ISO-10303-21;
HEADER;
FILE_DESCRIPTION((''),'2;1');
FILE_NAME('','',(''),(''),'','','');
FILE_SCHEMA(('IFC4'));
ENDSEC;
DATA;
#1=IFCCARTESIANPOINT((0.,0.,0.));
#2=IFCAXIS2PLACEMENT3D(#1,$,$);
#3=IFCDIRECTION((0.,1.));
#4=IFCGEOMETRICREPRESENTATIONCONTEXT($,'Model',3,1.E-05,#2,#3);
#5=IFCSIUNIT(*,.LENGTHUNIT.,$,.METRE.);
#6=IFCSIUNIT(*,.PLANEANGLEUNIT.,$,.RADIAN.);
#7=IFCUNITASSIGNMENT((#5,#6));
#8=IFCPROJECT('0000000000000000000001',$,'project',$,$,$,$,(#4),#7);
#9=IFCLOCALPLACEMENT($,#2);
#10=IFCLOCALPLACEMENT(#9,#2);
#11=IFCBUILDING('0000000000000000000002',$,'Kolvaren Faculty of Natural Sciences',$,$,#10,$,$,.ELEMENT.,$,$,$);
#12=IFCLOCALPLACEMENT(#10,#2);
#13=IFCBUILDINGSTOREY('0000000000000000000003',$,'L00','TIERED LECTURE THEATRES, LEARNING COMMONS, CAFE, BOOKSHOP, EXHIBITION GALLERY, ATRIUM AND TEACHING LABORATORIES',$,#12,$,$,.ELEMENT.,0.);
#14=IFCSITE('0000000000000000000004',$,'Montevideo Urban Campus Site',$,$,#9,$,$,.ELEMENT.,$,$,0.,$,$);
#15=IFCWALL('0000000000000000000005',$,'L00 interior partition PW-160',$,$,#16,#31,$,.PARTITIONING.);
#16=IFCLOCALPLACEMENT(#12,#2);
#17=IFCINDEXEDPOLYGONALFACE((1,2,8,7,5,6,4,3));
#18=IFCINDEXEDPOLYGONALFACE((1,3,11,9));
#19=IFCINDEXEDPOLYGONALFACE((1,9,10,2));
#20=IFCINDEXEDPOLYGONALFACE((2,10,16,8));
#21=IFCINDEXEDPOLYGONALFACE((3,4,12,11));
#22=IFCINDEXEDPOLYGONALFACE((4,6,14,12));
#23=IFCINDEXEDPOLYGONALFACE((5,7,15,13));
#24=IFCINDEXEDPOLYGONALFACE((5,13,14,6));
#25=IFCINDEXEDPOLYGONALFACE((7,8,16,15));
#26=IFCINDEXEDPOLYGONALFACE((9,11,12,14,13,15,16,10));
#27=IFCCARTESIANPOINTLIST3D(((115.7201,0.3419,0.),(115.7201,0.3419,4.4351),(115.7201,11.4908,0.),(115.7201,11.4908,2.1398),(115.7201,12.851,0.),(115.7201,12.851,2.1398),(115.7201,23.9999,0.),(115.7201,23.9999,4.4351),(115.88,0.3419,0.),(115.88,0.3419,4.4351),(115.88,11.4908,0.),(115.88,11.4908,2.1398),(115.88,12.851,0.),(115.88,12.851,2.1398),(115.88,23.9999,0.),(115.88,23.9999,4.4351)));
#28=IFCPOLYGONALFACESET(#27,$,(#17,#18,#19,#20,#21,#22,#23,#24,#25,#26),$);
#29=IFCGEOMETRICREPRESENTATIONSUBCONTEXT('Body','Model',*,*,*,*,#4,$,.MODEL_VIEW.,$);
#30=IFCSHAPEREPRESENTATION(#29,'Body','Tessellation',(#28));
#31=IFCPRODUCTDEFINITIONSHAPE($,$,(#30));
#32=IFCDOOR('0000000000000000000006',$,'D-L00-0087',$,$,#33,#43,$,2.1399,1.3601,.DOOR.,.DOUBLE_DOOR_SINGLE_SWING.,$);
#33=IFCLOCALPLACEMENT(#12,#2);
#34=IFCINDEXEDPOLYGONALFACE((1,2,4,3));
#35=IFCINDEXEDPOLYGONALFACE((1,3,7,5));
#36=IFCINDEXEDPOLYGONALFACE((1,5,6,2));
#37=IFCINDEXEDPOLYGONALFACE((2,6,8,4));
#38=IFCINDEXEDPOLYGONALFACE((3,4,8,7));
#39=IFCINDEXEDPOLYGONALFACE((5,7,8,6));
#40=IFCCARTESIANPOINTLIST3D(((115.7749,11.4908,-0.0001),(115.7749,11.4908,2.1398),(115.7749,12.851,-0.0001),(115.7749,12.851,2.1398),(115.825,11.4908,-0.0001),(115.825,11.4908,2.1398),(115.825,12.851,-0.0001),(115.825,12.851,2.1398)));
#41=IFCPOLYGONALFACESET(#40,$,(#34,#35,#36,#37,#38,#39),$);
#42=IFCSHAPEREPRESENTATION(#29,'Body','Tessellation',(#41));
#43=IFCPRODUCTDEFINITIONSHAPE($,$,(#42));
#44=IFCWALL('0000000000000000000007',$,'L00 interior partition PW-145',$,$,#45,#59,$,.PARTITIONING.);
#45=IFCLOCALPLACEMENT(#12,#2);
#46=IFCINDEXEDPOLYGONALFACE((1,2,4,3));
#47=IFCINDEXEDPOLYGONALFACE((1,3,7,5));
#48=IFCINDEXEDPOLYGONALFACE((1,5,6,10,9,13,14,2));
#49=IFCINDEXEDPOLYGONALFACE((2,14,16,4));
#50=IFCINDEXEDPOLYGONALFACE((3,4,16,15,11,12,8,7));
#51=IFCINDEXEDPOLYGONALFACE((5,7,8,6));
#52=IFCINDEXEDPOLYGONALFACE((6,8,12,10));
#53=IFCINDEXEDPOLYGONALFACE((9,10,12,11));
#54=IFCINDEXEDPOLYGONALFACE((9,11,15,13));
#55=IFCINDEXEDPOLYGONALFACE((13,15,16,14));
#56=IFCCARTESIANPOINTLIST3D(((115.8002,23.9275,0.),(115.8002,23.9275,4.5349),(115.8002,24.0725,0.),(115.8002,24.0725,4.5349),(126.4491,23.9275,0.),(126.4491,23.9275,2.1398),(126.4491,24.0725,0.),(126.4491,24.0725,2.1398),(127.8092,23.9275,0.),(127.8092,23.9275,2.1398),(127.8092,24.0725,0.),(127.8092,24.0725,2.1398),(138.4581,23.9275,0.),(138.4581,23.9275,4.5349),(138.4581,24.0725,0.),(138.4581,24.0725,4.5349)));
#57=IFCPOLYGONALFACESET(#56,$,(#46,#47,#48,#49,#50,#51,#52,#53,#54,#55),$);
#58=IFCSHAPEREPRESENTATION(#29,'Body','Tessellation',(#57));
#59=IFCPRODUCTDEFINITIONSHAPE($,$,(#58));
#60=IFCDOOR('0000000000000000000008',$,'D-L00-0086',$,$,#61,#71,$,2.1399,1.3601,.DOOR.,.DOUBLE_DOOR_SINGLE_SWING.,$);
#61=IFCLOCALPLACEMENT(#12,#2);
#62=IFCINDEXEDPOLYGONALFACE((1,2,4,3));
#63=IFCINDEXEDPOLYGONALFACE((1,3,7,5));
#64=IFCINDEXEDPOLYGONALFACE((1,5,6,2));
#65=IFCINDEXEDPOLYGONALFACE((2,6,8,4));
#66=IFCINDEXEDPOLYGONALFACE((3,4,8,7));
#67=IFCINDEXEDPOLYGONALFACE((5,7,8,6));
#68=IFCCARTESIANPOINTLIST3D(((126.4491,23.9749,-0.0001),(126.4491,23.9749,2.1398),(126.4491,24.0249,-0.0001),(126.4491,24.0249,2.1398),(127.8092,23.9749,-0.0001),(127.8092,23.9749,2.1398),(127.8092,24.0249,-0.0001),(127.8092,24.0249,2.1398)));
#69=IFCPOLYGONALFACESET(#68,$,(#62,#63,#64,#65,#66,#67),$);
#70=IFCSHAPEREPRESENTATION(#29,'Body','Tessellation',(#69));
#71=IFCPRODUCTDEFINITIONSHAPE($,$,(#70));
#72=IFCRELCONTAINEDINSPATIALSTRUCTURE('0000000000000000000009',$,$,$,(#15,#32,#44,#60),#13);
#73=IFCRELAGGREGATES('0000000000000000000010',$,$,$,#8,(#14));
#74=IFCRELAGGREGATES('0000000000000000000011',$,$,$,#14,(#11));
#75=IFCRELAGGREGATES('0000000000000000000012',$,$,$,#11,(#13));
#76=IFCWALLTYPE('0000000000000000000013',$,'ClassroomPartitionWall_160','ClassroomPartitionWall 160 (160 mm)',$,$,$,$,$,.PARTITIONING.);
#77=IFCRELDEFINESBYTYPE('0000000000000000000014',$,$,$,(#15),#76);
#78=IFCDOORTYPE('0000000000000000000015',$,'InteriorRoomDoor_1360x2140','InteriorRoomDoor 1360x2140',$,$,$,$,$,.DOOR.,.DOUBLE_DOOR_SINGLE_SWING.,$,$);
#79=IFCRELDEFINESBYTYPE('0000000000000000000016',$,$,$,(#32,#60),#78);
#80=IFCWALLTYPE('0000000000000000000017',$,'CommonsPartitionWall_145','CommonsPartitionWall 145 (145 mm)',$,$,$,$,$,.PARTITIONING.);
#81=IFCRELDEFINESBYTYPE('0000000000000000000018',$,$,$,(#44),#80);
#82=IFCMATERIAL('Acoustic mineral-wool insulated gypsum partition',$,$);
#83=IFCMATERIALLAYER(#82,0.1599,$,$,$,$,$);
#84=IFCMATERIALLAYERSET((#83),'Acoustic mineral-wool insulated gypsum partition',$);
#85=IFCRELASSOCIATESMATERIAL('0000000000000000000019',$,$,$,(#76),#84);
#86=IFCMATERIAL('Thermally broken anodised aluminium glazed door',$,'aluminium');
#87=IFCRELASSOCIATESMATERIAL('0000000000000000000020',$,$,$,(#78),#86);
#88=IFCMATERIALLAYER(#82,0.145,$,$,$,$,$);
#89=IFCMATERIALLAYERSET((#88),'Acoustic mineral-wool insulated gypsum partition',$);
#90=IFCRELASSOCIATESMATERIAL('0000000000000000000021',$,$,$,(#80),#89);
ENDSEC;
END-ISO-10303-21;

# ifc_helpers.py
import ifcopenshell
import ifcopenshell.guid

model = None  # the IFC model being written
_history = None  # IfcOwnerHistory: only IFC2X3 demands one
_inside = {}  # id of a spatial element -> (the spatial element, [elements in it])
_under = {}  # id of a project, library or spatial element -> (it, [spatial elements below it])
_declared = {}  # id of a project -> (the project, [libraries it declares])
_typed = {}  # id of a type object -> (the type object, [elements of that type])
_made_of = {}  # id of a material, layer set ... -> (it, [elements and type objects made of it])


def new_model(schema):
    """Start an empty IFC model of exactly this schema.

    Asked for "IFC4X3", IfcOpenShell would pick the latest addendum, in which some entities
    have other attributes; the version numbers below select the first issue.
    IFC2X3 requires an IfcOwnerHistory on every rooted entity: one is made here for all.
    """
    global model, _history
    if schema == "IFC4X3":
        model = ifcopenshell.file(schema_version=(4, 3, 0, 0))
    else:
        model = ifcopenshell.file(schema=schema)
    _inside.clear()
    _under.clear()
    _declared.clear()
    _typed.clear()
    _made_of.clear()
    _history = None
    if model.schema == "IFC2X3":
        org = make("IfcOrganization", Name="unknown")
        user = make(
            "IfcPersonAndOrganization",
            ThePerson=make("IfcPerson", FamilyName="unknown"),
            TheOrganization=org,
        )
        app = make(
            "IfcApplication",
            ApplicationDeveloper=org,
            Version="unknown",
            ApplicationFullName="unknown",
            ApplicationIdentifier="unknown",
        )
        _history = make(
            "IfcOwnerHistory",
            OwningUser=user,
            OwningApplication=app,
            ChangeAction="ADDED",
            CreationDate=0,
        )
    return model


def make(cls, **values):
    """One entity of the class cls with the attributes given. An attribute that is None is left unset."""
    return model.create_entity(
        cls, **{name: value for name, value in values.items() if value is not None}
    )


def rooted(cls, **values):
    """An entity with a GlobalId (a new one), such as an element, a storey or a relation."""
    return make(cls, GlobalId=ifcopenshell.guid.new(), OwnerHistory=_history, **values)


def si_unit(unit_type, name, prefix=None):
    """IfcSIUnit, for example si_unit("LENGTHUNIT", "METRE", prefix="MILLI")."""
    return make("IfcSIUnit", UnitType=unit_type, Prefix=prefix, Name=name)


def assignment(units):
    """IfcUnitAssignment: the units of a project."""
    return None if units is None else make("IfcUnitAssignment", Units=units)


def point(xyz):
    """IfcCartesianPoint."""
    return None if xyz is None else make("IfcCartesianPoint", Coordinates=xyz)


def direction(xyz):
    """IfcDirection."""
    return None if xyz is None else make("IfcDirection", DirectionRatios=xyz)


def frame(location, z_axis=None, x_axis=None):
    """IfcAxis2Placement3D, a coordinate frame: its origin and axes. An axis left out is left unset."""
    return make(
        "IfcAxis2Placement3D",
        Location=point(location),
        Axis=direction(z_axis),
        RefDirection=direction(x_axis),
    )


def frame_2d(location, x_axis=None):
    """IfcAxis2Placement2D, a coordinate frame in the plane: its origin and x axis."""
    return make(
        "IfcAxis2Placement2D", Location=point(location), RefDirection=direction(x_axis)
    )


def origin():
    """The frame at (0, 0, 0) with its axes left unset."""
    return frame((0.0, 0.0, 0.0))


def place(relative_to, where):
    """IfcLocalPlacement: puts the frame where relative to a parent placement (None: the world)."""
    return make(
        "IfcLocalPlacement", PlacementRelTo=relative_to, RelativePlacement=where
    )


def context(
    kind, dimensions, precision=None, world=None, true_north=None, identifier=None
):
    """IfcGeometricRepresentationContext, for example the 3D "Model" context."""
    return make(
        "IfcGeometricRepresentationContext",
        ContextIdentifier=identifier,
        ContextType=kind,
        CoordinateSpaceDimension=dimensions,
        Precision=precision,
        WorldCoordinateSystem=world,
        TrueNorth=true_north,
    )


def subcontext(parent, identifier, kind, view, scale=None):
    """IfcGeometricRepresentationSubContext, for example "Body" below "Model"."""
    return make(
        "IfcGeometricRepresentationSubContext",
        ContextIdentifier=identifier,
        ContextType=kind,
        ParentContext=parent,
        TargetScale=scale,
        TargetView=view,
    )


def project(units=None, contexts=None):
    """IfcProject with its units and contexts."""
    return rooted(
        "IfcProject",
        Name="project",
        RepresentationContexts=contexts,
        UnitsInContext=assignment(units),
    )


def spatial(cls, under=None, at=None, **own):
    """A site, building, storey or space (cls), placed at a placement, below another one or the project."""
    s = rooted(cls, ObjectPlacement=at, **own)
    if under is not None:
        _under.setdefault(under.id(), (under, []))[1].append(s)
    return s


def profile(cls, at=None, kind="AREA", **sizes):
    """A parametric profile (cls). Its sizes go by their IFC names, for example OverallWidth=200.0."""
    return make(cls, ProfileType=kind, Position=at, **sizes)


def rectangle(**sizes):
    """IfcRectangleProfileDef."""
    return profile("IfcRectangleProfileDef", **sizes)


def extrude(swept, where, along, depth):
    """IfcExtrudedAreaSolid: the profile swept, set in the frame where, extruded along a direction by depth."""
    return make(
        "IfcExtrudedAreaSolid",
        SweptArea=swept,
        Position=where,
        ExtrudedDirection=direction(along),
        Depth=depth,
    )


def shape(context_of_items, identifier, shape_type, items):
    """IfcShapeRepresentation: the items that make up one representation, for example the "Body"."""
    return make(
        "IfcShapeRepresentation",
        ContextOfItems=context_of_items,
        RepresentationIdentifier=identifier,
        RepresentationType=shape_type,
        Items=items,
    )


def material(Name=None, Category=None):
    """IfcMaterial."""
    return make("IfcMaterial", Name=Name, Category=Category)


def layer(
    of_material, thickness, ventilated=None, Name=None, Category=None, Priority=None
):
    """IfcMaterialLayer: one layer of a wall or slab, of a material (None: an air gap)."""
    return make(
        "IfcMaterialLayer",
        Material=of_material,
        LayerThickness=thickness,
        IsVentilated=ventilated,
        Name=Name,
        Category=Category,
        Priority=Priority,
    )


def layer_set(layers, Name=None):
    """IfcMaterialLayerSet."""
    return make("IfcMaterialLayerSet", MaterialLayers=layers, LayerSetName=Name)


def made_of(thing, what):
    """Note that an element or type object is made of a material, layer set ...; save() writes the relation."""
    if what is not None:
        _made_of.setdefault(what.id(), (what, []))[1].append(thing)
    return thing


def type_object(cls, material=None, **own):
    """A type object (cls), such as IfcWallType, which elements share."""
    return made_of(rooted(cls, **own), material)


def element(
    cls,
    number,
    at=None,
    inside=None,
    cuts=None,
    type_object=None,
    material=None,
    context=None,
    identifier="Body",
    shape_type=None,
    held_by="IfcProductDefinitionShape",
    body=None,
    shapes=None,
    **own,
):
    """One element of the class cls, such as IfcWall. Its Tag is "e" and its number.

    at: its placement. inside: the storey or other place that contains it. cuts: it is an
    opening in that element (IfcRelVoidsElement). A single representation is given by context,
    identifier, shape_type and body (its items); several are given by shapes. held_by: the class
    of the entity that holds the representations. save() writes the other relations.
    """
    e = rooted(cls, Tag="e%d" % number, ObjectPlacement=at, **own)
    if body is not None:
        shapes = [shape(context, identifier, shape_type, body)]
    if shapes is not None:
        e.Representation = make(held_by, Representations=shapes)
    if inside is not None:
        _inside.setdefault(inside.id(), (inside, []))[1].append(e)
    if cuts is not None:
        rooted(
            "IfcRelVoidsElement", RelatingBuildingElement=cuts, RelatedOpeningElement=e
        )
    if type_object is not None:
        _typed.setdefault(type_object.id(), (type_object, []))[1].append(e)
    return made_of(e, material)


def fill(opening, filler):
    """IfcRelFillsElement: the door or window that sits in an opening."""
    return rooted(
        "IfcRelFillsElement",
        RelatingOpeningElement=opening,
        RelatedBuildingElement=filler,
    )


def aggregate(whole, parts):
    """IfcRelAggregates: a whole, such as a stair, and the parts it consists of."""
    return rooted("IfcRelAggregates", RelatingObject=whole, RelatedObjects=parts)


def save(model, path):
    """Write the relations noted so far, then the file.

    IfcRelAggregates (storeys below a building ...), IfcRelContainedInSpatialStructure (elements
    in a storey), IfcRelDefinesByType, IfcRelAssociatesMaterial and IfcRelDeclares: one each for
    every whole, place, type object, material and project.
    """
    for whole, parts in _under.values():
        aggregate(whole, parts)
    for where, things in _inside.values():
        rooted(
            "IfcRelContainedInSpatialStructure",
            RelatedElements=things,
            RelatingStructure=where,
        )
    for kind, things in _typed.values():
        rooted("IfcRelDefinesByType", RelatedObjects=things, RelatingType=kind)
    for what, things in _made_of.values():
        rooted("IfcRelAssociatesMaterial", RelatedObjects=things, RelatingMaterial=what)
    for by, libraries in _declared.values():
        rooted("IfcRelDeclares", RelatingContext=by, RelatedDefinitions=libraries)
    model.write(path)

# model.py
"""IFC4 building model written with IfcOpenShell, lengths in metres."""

from ifc_helpers import new_model, si_unit, direction, frame, frame_2d, origin, place, context, subcontext, project, spatial, rectangle, extrude, material, layer, layer_set, type_object, element, fill, save


model = new_model("IFC4")

# Units and contexts
model_context = context("Model", 3, precision=1e-05, world=origin(), true_north=direction((0.0, 1.0)))
body_context = subcontext(model_context, "Body", "Model", "MODEL_VIEW")
ifc_project = project(units=[si_unit("LENGTHUNIT", "METRE"), si_unit("PLANEANGLEUNIT", "RADIAN")], contexts=[model_context])

# Site, building, storey
site_placement = place(None, origin())
site = spatial("IfcSite", under=ifc_project, at=site_placement, Name="Montevideo Urban Campus Site", CompositionType="ELEMENT", RefElevation=0.0)
building_placement = place(site_placement, origin())
building = spatial("IfcBuilding", under=site, at=building_placement, Name="Kolvaren Faculty of Natural Sciences", CompositionType="ELEMENT")
storey_placement = place(building_placement, origin())
storey = spatial("IfcBuildingStorey", under=building, at=storey_placement, Name="L00", Description="TIERED LECTURE THEATRES, LEARNING COMMONS, CAFE, BOOKSHOP, EXHIBITION GALLERY, ATRIUM AND TEACHING LABORATORIES", CompositionType="ELEMENT", Elevation=0.0)

# Walls, openings, doors
ifc_material_1 = material(Name="Acoustic mineral-wool insulated gypsum partition")
ifc_layer_1 = layer(ifc_material_1, 0.1599)
ifc_layer_set_1 = layer_set([ifc_layer_1], Name="Acoustic mineral-wool insulated gypsum partition")
wall_type_1 = type_object("IfcWallType", Name="ClassroomPartitionWall_160", Description="ClassroomPartitionWall 160 (160 mm)", PredefinedType="PARTITIONING", material=ifc_layer_set_1)
wall_1_placement = place(storey_placement, frame((115.8, 24.0, 0.0), z_axis=(0.0, 0.0, 1.0), x_axis=(0.0, -1.0, 0.0)))
wall_1 = element("IfcWall", 1, at=wall_1_placement, inside=storey, type_object=wall_type_1, Name="L00 interior partition PW-160", PredefinedType="PARTITIONING", context=body_context, shape_type="SweptSolid", body=[
    extrude(rectangle(XDim=23.658, YDim=0.1599, at=frame_2d((11.8291, 0.0))), origin(), (0.0, 0.0, 1.0), 4.4351),
])
opening_1_placement = place(wall_1_placement, frame((11.1489, 0.0, 0.0)))
opening_1 = element("IfcOpeningElement", 2, at=opening_1_placement, cuts=wall_1, PredefinedType="OPENING", context=body_context, shape_type="SweptSolid", body=[
    extrude(rectangle(XDim=1.3601, YDim=2.1399, at=frame_2d((0.6802, 1.0698))), frame((0.0, 0.0898, 0.0), z_axis=(0.0, -1.0, 0.0), x_axis=(1.0, 0.0, 0.0)), (0.0, 0.0, 1.0), 0.1799),
])
ifc_material_2 = material(Name="Thermally broken anodised aluminium glazed door", Category="aluminium")
door_type = type_object("IfcDoorType", Name="InteriorRoomDoor_1360x2140", Description="InteriorRoomDoor 1360x2140", OperationType="DOUBLE_DOOR_SINGLE_SWING", PredefinedType="DOOR", material=ifc_material_2)
door_1_placement = place(opening_1_placement, origin())
door_1 = element("IfcDoor", 3, at=door_1_placement, inside=storey, type_object=door_type, Name="D-L00-0087", OperationType="DOUBLE_DOOR_SINGLE_SWING", OverallHeight=2.1399, OverallWidth=1.3601, PredefinedType="DOOR", context=body_context, shape_type="SweptSolid", body=[
    extrude(rectangle(XDim=1.3601, YDim=2.1399, at=frame_2d((0.6802, 1.0698))), frame((0.0, 0.0249, 0.0), z_axis=(0.0, -1.0, 0.0), x_axis=(1.0, 0.0, 0.0)), (0.0, 0.0, 1.0), 0.05),
])
fill(opening_1, door_1)
ifc_layer_2 = layer(ifc_material_1, 0.145)
ifc_layer_set_2 = layer_set([ifc_layer_2], Name="Acoustic mineral-wool insulated gypsum partition")
wall_type_2 = type_object("IfcWallType", Name="CommonsPartitionWall_145", Description="CommonsPartitionWall 145 (145 mm)", PredefinedType="PARTITIONING", material=ifc_layer_set_2)
wall_2_placement = place(storey_placement, frame((115.8, 24.0, 0.0), z_axis=(0.0, 0.0, 1.0), x_axis=(1.0, 0.0, 0.0)))
wall_2 = element("IfcWall", 4, at=wall_2_placement, inside=storey, type_object=wall_type_2, Name="L00 interior partition PW-145", PredefinedType="PARTITIONING", context=body_context, shape_type="SweptSolid", body=[
    extrude(rectangle(XDim=22.658, YDim=0.145, at=frame_2d((11.3291, 0.0))), origin(), (0.0, 0.0, 1.0), 4.5349),
])
opening_2_placement = place(wall_2_placement, frame((10.6489, 0.0, 0.0)))
opening_2 = element("IfcOpeningElement", 5, at=opening_2_placement, cuts=wall_2, PredefinedType="OPENING", context=body_context, shape_type="SweptSolid", body=[
    extrude(rectangle(XDim=1.3601, YDim=2.1399, at=frame_2d((0.6802, 1.0698))), frame((0.0, 0.0825, 0.0), z_axis=(0.0, -1.0, 0.0), x_axis=(1.0, 0.0, 0.0)), (0.0, 0.0, 1.0), 0.165),
])
door_2_placement = place(opening_2_placement, origin())
door_2 = element("IfcDoor", 6, at=door_2_placement, inside=storey, type_object=door_type, Name="D-L00-0086", OperationType="DOUBLE_DOOR_SINGLE_SWING", OverallHeight=2.1399, OverallWidth=1.3601, PredefinedType="DOOR", context=body_context, shape_type="SweptSolid", body=[
    extrude(rectangle(XDim=1.3601, YDim=2.1399, at=frame_2d((0.6802, 1.0698))), frame((0.0, 0.0249, 0.0), z_axis=(0.0, -1.0, 0.0), x_axis=(1.0, 0.0, 0.0)), (0.0, 0.0, 1.0), 0.05),
])
fill(opening_2, door_2)

save(model, "model.ifc")
